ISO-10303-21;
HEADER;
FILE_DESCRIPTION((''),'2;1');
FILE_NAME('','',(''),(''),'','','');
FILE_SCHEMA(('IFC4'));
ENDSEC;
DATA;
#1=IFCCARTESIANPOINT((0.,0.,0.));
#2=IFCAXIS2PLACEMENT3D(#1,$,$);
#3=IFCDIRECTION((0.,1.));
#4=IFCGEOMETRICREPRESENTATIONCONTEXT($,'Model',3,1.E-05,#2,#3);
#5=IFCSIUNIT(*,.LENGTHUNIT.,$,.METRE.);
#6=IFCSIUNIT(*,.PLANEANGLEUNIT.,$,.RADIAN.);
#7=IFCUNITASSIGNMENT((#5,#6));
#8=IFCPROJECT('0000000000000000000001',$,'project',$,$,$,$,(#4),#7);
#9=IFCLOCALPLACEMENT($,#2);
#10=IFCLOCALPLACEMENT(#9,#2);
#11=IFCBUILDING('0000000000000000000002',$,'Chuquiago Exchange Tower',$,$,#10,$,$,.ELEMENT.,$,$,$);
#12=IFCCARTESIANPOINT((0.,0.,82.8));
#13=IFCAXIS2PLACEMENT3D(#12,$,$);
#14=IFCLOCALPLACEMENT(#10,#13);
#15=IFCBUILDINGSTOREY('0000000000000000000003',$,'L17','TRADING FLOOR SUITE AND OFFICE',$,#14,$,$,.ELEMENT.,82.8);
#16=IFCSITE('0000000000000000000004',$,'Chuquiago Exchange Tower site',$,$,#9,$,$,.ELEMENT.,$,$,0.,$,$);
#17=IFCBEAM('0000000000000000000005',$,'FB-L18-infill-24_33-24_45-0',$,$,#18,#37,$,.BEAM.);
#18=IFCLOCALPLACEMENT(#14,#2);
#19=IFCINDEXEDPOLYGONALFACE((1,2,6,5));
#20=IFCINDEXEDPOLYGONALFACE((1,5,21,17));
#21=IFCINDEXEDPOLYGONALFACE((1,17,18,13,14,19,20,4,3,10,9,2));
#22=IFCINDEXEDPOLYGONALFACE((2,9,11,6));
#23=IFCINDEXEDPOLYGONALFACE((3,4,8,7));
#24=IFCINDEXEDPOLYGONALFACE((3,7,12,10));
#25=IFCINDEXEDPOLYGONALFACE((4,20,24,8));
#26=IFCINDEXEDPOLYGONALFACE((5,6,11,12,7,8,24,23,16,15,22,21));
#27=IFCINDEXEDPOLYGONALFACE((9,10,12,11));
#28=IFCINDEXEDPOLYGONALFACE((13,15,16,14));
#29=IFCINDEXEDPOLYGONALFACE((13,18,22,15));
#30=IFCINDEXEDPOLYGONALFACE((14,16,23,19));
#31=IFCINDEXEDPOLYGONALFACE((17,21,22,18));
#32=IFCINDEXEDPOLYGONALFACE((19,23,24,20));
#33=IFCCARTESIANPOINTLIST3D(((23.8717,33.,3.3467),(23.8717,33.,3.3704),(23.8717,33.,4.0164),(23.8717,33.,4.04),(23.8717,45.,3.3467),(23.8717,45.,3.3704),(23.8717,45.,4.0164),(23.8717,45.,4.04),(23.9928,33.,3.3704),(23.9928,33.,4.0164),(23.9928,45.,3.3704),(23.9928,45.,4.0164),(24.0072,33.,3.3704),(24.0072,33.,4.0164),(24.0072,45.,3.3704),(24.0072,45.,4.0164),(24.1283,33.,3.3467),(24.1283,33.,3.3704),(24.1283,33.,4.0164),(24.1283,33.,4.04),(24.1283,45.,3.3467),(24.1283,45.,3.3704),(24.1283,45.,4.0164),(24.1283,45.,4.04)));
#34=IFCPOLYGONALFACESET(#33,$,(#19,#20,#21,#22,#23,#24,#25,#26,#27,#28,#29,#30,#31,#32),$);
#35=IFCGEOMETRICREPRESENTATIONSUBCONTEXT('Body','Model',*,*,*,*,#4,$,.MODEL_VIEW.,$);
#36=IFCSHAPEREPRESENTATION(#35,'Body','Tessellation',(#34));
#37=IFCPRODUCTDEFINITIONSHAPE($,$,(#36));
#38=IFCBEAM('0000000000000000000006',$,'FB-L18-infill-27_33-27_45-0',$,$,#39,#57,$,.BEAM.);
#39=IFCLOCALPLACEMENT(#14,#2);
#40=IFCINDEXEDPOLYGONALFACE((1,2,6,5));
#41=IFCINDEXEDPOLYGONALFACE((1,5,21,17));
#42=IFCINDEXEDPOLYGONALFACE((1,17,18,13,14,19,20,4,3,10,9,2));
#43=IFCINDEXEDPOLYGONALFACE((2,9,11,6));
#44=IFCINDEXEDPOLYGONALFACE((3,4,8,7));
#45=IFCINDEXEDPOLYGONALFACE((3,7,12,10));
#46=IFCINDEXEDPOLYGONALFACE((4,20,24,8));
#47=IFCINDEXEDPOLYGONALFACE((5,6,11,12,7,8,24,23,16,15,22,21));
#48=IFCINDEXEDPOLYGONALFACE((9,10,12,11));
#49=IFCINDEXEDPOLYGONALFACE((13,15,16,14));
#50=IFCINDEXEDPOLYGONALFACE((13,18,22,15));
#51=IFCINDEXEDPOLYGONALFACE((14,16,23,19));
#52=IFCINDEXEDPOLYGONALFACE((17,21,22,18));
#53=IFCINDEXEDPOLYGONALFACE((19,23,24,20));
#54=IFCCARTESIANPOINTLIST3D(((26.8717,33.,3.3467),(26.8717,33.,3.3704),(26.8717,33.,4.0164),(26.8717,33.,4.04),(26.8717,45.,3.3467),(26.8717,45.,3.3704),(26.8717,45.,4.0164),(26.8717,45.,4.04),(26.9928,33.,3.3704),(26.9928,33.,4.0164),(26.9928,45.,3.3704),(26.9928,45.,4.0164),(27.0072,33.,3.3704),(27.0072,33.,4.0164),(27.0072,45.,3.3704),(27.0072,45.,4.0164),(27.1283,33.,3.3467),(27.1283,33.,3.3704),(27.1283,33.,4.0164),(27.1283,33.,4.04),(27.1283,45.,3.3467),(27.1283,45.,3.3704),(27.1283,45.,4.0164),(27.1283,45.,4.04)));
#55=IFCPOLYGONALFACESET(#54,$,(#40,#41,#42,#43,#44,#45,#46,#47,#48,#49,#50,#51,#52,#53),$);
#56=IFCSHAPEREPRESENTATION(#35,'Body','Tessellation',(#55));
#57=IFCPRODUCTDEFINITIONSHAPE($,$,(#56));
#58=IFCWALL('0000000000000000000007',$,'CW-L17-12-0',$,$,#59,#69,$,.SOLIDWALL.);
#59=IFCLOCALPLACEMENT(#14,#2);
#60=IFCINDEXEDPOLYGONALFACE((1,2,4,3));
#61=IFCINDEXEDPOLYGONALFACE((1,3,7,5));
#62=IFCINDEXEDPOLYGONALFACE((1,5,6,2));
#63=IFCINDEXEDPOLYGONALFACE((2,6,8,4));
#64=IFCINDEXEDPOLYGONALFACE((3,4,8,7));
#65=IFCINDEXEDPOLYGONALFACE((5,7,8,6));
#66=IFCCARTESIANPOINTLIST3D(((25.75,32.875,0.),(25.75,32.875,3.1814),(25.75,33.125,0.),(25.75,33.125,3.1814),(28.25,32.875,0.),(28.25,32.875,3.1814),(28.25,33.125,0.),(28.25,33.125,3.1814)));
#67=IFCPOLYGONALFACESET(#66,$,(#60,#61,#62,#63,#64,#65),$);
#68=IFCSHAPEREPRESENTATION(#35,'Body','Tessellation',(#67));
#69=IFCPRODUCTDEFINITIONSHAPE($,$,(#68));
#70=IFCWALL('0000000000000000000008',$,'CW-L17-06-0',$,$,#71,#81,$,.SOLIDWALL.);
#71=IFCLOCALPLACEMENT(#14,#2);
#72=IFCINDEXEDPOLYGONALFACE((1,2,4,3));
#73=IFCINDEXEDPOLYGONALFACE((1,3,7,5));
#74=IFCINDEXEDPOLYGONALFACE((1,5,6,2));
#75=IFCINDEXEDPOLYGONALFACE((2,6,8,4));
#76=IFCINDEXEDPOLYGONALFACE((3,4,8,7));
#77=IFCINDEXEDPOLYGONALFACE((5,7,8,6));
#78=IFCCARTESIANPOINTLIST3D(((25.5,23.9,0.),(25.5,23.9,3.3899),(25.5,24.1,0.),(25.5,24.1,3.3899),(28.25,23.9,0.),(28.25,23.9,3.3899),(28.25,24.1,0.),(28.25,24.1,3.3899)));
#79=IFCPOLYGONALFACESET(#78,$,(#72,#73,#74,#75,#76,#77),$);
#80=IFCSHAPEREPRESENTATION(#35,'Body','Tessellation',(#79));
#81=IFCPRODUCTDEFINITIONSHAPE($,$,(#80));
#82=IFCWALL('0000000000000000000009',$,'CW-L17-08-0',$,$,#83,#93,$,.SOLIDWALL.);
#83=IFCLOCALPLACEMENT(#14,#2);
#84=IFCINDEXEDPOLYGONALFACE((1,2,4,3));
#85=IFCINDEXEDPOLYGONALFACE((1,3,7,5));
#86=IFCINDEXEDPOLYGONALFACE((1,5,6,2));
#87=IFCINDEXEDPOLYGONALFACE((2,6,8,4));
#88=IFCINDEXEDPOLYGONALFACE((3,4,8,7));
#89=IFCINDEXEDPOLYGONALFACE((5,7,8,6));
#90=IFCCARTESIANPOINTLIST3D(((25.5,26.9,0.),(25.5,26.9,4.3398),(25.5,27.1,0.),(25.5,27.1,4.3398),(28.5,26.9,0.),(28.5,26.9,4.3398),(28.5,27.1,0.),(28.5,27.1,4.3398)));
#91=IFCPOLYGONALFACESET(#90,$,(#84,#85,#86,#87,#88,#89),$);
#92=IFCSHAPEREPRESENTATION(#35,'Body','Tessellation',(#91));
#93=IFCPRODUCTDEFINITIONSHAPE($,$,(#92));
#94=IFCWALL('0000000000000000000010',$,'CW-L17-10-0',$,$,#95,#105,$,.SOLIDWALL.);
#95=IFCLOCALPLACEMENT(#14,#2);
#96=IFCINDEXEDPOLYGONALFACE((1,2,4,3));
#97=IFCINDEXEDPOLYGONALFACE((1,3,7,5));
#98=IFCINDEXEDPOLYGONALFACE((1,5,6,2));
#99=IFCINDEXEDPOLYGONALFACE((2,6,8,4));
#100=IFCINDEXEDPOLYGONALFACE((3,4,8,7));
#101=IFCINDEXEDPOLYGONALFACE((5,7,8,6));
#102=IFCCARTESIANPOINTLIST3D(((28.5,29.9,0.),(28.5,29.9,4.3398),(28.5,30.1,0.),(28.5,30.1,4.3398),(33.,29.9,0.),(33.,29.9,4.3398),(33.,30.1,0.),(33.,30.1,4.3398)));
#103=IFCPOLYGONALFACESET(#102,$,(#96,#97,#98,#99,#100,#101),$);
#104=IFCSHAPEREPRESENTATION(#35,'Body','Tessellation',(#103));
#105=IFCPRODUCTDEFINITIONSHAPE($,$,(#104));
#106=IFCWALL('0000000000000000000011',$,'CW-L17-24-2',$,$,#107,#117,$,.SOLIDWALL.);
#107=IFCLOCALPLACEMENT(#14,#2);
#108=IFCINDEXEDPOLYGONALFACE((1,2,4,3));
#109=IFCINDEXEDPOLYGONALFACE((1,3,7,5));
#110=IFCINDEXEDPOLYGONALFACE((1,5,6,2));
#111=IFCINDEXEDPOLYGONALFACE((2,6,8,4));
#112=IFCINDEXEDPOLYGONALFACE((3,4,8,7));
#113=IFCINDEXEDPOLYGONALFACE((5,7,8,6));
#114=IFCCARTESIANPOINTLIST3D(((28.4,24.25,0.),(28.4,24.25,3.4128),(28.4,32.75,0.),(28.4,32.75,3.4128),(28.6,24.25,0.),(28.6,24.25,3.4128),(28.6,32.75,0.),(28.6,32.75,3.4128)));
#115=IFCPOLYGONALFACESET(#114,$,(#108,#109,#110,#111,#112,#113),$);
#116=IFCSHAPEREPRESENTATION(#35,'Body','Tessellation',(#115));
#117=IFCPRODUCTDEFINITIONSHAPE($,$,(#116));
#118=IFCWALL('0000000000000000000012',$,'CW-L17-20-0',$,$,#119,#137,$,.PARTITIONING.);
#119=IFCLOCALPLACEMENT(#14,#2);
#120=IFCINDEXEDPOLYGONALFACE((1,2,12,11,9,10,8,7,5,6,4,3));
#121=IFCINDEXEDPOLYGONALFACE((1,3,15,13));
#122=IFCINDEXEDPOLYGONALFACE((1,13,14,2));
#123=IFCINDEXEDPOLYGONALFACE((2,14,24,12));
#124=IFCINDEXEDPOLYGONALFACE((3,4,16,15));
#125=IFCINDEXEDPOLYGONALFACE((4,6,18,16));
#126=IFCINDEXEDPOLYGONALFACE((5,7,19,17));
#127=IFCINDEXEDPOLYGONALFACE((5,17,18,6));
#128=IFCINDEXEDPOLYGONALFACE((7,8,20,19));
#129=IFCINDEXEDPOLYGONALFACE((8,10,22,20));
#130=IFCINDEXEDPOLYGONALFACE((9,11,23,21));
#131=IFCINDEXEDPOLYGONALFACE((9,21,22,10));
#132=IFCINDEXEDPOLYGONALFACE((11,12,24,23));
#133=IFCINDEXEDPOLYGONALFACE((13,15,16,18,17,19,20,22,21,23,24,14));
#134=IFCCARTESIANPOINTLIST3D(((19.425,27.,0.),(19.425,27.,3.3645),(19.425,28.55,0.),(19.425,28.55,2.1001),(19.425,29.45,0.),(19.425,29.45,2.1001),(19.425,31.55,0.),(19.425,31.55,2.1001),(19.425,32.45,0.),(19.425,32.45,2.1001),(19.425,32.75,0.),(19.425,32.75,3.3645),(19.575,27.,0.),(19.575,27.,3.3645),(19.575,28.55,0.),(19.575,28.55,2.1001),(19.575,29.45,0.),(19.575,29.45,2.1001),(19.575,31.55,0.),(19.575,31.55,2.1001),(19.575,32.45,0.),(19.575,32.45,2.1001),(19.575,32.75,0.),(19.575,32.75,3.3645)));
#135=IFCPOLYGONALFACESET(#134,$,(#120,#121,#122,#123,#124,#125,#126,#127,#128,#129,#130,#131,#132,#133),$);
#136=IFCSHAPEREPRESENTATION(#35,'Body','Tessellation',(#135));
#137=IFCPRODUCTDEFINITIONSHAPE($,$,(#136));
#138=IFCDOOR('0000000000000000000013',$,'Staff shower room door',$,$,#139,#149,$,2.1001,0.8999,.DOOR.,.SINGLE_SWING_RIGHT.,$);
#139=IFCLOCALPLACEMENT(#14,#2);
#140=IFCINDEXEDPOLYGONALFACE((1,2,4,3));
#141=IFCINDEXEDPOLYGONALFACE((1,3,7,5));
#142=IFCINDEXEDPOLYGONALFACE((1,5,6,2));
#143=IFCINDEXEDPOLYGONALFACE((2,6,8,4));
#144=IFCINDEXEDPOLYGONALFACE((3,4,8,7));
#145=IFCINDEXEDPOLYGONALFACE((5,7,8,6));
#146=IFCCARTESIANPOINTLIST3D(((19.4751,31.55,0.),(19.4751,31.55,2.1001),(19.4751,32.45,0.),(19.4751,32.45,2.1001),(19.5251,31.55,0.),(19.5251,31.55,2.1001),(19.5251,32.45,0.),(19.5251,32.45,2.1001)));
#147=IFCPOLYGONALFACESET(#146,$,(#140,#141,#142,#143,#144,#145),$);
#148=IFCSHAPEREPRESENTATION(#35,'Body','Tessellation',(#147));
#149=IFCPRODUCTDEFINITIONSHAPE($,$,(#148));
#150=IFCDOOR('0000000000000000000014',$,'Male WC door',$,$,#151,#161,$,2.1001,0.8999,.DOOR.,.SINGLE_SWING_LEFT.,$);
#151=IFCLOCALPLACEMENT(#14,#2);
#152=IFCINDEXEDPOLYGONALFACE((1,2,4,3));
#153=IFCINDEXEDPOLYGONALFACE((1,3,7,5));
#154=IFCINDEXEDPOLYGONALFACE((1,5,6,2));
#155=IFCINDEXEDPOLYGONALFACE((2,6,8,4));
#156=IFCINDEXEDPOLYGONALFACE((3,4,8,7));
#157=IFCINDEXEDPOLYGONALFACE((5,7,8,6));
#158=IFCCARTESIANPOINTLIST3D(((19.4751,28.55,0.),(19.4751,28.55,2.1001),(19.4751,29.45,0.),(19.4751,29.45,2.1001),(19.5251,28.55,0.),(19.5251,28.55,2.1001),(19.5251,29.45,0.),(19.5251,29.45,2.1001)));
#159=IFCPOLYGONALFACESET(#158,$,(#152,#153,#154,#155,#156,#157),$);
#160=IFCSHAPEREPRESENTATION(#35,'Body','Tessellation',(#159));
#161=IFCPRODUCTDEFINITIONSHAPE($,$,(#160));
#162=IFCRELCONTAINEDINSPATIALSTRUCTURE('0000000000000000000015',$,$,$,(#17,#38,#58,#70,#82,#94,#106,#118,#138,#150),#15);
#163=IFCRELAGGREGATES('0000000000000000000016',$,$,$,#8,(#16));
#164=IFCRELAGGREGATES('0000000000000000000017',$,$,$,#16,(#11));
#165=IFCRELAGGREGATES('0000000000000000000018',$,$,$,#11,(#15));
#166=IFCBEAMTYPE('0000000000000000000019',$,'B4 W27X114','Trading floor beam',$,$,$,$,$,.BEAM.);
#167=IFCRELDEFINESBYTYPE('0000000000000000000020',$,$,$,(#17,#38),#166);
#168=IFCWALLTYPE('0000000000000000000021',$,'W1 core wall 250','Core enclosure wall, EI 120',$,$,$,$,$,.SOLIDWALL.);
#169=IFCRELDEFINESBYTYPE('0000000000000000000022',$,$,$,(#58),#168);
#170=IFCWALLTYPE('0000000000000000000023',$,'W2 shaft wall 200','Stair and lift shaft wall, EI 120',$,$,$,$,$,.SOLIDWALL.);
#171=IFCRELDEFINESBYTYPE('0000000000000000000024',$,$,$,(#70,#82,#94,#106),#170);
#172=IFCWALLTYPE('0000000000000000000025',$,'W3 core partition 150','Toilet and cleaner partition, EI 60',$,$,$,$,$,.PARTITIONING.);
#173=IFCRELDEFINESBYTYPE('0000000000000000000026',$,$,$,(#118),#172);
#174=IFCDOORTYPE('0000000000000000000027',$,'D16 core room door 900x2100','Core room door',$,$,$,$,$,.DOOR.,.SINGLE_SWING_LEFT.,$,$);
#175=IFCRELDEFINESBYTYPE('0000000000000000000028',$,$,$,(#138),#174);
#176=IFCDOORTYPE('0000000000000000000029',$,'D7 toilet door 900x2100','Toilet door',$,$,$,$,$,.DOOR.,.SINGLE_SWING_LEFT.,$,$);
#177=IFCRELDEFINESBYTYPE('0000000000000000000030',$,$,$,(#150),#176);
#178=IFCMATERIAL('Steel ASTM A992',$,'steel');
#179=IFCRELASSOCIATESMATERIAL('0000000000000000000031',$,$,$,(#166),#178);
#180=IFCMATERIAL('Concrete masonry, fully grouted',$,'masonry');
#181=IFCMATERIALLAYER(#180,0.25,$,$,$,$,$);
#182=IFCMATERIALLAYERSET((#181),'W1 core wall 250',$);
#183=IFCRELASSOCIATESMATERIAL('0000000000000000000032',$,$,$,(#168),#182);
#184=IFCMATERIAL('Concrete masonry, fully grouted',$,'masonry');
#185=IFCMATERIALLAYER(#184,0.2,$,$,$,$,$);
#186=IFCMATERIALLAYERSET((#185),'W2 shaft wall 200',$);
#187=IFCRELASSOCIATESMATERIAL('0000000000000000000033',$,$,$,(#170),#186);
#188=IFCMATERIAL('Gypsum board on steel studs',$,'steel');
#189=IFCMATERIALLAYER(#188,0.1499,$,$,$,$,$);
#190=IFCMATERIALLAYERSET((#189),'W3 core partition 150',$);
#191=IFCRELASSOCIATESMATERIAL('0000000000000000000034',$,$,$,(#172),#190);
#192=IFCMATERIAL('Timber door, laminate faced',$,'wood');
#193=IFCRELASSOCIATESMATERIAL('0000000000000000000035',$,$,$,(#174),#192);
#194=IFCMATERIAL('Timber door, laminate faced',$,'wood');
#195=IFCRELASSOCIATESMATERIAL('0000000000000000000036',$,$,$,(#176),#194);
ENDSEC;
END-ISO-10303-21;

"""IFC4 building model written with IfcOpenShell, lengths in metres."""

from ifc_helpers import new_model, si_unit, direction, frame, frame_2d, origin, origin_2d, place, context, subcontext, project, spatial, rectangle, i_section, extrude, material, layer, layer_set, material_profile, profile_set, type_object, element, fill, save


model = new_model("IFC4")

# Units and contexts
model_context = context("Model", 3, precision=1e-05, world=origin(), true_north=direction((0.0, 1.0)))
body_context = subcontext(model_context, "Body", "Model", "MODEL_VIEW")
ifc_project = project(units=[si_unit("LENGTHUNIT", "METRE"), si_unit("PLANEANGLEUNIT", "RADIAN")], contexts=[model_context])

# Site, building, storey
site_placement = place(None, origin())
site = spatial("IfcSite", under=ifc_project, at=site_placement, Name="Chuquiago Exchange Tower site", CompositionType="ELEMENT", RefElevation=0.0)
building_placement = place(site_placement, origin())
building = spatial("IfcBuilding", under=site, at=building_placement, Name="Chuquiago Exchange Tower", CompositionType="ELEMENT")
storey_placement = place(building_placement, frame((0.0, 0.0, 82.8)))
storey = spatial("IfcBuildingStorey", under=building, at=storey_placement, Name="L17", Description="TRADING FLOOR SUITE AND OFFICE", CompositionType="ELEMENT", Elevation=82.8)

# Beams
ifc_material_1 = material(Name="Steel ASTM A992", Category="steel")
ifc_material_profile_1 = material_profile(ifc_material_1, i_section(OverallWidth=0.2566, OverallDepth=0.6934, WebThickness=0.0144, FlangeThickness=0.0237, at=origin_2d()), Name="W27X114")
ifc_profile_set_1 = profile_set([ifc_material_profile_1], Name="Steel ASTM A992")
beam_type_1 = type_object("IfcBeamType", Name="B4 W27X114", Description="Trading floor beam", PredefinedType="BEAM", material=ifc_profile_set_1)
for number, where, z_axis, x_axis, name in (
    (1, (24.0, 33.0, 3.6934), (0.0, 1.0, 0.0), (-1.0, 0.0, 0.0), "FB-L18-infill-24_33-24_45-0"),
    (2, (27.0, 33.0, 3.6934), (0.0, 1.0, 0.0), (-1.0, 0.0, 0.0), "FB-L18-infill-27_33-27_45-0"),
):
    element("IfcBeam", number, at=place(storey_placement, frame(where, z_axis=z_axis, x_axis=x_axis)), inside=storey, type_object=beam_type_1, Name=name, PredefinedType="BEAM", context=body_context, shape_type="SweptSolid", body=[
        extrude(i_section(OverallWidth=0.2566, OverallDepth=0.6934, WebThickness=0.0144, FlangeThickness=0.0237, at=origin_2d()), origin(), (0.0, 0.0, 1.0), 12.0),
    ])

# Walls
ifc_material_2 = material(Name="Concrete masonry, fully grouted", Category="masonry")
ifc_layer_1 = layer(ifc_material_2, 0.25)
ifc_layer_set_1 = layer_set([ifc_layer_1], Name="W1 core wall 250")
wall_type_1 = type_object("IfcWallType", Name="W1 core wall 250", Description="Core enclosure wall, EI 120", PredefinedType="SOLIDWALL", material=ifc_layer_set_1)
wall_1_placement = place(storey_placement, frame((25.75, 33.0, 0.0), z_axis=(0.0, 0.0, 1.0), x_axis=(1.0, 0.0, 0.0)))
element("IfcWall", 3, at=wall_1_placement, inside=storey, type_object=wall_type_1, Name="CW-L17-12-0", PredefinedType="SOLIDWALL", context=body_context, shape_type="SweptSolid", body=[
    extrude(rectangle(XDim=2.5, YDim=0.25, at=frame_2d((1.25, 0.0))), origin(), (0.0, 0.0, 1.0), 3.1814),
])
ifc_material_3 = material(Name="Concrete masonry, fully grouted", Category="masonry")
ifc_layer_2 = layer(ifc_material_3, 0.2)
ifc_layer_set_2 = layer_set([ifc_layer_2], Name="W2 shaft wall 200")
wall_type_2 = type_object("IfcWallType", Name="W2 shaft wall 200", Description="Stair and lift shaft wall, EI 120", PredefinedType="SOLIDWALL", material=ifc_layer_set_2)
wall_2_placement = place(storey_placement, frame((25.5, 24.0, 0.0), z_axis=(0.0, 0.0, 1.0), x_axis=(1.0, 0.0, 0.0)))
element("IfcWall", 4, at=wall_2_placement, inside=storey, type_object=wall_type_2, Name="CW-L17-06-0", PredefinedType="SOLIDWALL", context=body_context, shape_type="SweptSolid", body=[
    extrude(rectangle(XDim=2.75, YDim=0.2, at=frame_2d((1.375, 0.0))), origin(), (0.0, 0.0, 1.0), 3.3899),
])
wall_3_placement = place(storey_placement, frame((25.5, 27.0, 0.0), z_axis=(0.0, 0.0, 1.0), x_axis=(1.0, 0.0, 0.0)))
element("IfcWall", 5, at=wall_3_placement, inside=storey, type_object=wall_type_2, Name="CW-L17-08-0", PredefinedType="SOLIDWALL", context=body_context, shape_type="SweptSolid", body=[
    extrude(rectangle(XDim=3.0, YDim=0.2, at=frame_2d((1.5, 0.0))), origin(), (0.0, 0.0, 1.0), 4.3398),
])
wall_4_placement = place(storey_placement, frame((28.5, 30.0, 0.0), z_axis=(0.0, 0.0, 1.0), x_axis=(1.0, 0.0, 0.0)))
element("IfcWall", 6, at=wall_4_placement, inside=storey, type_object=wall_type_2, Name="CW-L17-10-0", PredefinedType="SOLIDWALL", context=body_context, shape_type="SweptSolid", body=[
    extrude(rectangle(XDim=4.5, YDim=0.2, at=frame_2d((2.25, 0.0))), origin(), (0.0, 0.0, 1.0), 4.3398),
])
wall_5_placement = place(storey_placement, frame((28.5, 24.25, 0.0), z_axis=(0.0, 0.0, 1.0), x_axis=(0.0, 1.0, 0.0)))
element("IfcWall", 7, at=wall_5_placement, inside=storey, type_object=wall_type_2, Name="CW-L17-24-2", PredefinedType="SOLIDWALL", context=body_context, shape_type="SweptSolid", body=[
    extrude(rectangle(XDim=8.5, YDim=0.2, at=frame_2d((4.25, 0.0))), origin(), (0.0, 0.0, 1.0), 3.4128),
])

# Wall, openings, doors
ifc_material_4 = material(Name="Gypsum board on steel studs", Category="steel")
ifc_layer_3 = layer(ifc_material_4, 0.1499)
ifc_layer_set_3 = layer_set([ifc_layer_3], Name="W3 core partition 150")
wall_type_3 = type_object("IfcWallType", Name="W3 core partition 150", Description="Toilet and cleaner partition, EI 60", PredefinedType="PARTITIONING", material=ifc_layer_set_3)
wall_6_placement = place(storey_placement, frame((19.5, 27.0, 0.0), z_axis=(0.0, 0.0, 1.0), x_axis=(0.0, 1.0, 0.0)))
wall_6 = element("IfcWall", 8, at=wall_6_placement, inside=storey, type_object=wall_type_3, Name="CW-L17-20-0", PredefinedType="PARTITIONING", context=body_context, shape_type="SweptSolid", body=[
    extrude(rectangle(XDim=5.75, YDim=0.1499, at=frame_2d((2.875, 0.0))), origin(), (0.0, 0.0, 1.0), 3.3645),
])
opening_1_placement = place(wall_6_placement, frame((1.55, 0.0, 0.0)))
opening_1 = element("IfcOpeningElement", 9, at=opening_1_placement, cuts=wall_6, PredefinedType="OPENING", context=body_context, shape_type="SweptSolid", body=[
    extrude(rectangle(XDim=0.8999, YDim=2.1001, at=frame_2d((0.45, 1.05))), frame((0.0, 0.085, 0.0), z_axis=(0.0, -1.0, 0.0), x_axis=(1.0, 0.0, 0.0)), (0.0, 0.0, 1.0), 0.1699),
])
opening_2_placement = place(wall_6_placement, frame((4.55, 0.0, 0.0)))
opening_2 = element("IfcOpeningElement", 10, at=opening_2_placement, cuts=wall_6, PredefinedType="OPENING", context=body_context, shape_type="SweptSolid", body=[
    extrude(rectangle(XDim=0.8999, YDim=2.1001, at=frame_2d((0.45, 1.05))), frame((0.0, 0.085, 0.0), z_axis=(0.0, -1.0, 0.0), x_axis=(1.0, 0.0, 0.0)), (0.0, 0.0, 1.0), 0.1699),
])
ifc_material_5 = material(Name="Timber door, laminate faced", Category="wood")
door_type_1 = type_object("IfcDoorType", Name="D16 core room door 900x2100", Description="Core room door", OperationType="SINGLE_SWING_LEFT", PredefinedType="DOOR", material=ifc_material_5)
door_1_placement = place(opening_2_placement, origin())
door_1 = element("IfcDoor", 11, at=door_1_placement, inside=storey, type_object=door_type_1, Name="Staff shower room door", OperationType="SINGLE_SWING_RIGHT", OverallHeight=2.1001, OverallWidth=0.8999, PredefinedType="DOOR", context=body_context, shape_type="SweptSolid", body=[
    extrude(rectangle(XDim=0.8999, YDim=2.1001, at=frame_2d((0.45, 1.05))), frame((0.0, 0.0249, 0.0), z_axis=(0.0, -1.0, 0.0), x_axis=(1.0, 0.0, 0.0)), (0.0, 0.0, 1.0), 0.05),
])
fill(opening_2, door_1)
ifc_material_6 = material(Name="Timber door, laminate faced", Category="wood")
door_type_2 = type_object("IfcDoorType", Name="D7 toilet door 900x2100", Description="Toilet door", OperationType="SINGLE_SWING_LEFT", PredefinedType="DOOR", material=ifc_material_6)
door_2_placement = place(opening_1_placement, origin())
door_2 = element("IfcDoor", 12, at=door_2_placement, inside=storey, type_object=door_type_2, Name="Male WC door", OperationType="SINGLE_SWING_LEFT", OverallHeight=2.1001, OverallWidth=0.8999, PredefinedType="DOOR", context=body_context, shape_type="SweptSolid", body=[
    extrude(rectangle(XDim=0.8999, YDim=2.1001, at=frame_2d((0.45, 1.05))), frame((0.0, 0.0249, 0.0), z_axis=(0.0, -1.0, 0.0), x_axis=(1.0, 0.0, 0.0)), (0.0, 0.0, 1.0), 0.05),
])
fill(opening_1, door_2)

save(model, "model.ifc")
